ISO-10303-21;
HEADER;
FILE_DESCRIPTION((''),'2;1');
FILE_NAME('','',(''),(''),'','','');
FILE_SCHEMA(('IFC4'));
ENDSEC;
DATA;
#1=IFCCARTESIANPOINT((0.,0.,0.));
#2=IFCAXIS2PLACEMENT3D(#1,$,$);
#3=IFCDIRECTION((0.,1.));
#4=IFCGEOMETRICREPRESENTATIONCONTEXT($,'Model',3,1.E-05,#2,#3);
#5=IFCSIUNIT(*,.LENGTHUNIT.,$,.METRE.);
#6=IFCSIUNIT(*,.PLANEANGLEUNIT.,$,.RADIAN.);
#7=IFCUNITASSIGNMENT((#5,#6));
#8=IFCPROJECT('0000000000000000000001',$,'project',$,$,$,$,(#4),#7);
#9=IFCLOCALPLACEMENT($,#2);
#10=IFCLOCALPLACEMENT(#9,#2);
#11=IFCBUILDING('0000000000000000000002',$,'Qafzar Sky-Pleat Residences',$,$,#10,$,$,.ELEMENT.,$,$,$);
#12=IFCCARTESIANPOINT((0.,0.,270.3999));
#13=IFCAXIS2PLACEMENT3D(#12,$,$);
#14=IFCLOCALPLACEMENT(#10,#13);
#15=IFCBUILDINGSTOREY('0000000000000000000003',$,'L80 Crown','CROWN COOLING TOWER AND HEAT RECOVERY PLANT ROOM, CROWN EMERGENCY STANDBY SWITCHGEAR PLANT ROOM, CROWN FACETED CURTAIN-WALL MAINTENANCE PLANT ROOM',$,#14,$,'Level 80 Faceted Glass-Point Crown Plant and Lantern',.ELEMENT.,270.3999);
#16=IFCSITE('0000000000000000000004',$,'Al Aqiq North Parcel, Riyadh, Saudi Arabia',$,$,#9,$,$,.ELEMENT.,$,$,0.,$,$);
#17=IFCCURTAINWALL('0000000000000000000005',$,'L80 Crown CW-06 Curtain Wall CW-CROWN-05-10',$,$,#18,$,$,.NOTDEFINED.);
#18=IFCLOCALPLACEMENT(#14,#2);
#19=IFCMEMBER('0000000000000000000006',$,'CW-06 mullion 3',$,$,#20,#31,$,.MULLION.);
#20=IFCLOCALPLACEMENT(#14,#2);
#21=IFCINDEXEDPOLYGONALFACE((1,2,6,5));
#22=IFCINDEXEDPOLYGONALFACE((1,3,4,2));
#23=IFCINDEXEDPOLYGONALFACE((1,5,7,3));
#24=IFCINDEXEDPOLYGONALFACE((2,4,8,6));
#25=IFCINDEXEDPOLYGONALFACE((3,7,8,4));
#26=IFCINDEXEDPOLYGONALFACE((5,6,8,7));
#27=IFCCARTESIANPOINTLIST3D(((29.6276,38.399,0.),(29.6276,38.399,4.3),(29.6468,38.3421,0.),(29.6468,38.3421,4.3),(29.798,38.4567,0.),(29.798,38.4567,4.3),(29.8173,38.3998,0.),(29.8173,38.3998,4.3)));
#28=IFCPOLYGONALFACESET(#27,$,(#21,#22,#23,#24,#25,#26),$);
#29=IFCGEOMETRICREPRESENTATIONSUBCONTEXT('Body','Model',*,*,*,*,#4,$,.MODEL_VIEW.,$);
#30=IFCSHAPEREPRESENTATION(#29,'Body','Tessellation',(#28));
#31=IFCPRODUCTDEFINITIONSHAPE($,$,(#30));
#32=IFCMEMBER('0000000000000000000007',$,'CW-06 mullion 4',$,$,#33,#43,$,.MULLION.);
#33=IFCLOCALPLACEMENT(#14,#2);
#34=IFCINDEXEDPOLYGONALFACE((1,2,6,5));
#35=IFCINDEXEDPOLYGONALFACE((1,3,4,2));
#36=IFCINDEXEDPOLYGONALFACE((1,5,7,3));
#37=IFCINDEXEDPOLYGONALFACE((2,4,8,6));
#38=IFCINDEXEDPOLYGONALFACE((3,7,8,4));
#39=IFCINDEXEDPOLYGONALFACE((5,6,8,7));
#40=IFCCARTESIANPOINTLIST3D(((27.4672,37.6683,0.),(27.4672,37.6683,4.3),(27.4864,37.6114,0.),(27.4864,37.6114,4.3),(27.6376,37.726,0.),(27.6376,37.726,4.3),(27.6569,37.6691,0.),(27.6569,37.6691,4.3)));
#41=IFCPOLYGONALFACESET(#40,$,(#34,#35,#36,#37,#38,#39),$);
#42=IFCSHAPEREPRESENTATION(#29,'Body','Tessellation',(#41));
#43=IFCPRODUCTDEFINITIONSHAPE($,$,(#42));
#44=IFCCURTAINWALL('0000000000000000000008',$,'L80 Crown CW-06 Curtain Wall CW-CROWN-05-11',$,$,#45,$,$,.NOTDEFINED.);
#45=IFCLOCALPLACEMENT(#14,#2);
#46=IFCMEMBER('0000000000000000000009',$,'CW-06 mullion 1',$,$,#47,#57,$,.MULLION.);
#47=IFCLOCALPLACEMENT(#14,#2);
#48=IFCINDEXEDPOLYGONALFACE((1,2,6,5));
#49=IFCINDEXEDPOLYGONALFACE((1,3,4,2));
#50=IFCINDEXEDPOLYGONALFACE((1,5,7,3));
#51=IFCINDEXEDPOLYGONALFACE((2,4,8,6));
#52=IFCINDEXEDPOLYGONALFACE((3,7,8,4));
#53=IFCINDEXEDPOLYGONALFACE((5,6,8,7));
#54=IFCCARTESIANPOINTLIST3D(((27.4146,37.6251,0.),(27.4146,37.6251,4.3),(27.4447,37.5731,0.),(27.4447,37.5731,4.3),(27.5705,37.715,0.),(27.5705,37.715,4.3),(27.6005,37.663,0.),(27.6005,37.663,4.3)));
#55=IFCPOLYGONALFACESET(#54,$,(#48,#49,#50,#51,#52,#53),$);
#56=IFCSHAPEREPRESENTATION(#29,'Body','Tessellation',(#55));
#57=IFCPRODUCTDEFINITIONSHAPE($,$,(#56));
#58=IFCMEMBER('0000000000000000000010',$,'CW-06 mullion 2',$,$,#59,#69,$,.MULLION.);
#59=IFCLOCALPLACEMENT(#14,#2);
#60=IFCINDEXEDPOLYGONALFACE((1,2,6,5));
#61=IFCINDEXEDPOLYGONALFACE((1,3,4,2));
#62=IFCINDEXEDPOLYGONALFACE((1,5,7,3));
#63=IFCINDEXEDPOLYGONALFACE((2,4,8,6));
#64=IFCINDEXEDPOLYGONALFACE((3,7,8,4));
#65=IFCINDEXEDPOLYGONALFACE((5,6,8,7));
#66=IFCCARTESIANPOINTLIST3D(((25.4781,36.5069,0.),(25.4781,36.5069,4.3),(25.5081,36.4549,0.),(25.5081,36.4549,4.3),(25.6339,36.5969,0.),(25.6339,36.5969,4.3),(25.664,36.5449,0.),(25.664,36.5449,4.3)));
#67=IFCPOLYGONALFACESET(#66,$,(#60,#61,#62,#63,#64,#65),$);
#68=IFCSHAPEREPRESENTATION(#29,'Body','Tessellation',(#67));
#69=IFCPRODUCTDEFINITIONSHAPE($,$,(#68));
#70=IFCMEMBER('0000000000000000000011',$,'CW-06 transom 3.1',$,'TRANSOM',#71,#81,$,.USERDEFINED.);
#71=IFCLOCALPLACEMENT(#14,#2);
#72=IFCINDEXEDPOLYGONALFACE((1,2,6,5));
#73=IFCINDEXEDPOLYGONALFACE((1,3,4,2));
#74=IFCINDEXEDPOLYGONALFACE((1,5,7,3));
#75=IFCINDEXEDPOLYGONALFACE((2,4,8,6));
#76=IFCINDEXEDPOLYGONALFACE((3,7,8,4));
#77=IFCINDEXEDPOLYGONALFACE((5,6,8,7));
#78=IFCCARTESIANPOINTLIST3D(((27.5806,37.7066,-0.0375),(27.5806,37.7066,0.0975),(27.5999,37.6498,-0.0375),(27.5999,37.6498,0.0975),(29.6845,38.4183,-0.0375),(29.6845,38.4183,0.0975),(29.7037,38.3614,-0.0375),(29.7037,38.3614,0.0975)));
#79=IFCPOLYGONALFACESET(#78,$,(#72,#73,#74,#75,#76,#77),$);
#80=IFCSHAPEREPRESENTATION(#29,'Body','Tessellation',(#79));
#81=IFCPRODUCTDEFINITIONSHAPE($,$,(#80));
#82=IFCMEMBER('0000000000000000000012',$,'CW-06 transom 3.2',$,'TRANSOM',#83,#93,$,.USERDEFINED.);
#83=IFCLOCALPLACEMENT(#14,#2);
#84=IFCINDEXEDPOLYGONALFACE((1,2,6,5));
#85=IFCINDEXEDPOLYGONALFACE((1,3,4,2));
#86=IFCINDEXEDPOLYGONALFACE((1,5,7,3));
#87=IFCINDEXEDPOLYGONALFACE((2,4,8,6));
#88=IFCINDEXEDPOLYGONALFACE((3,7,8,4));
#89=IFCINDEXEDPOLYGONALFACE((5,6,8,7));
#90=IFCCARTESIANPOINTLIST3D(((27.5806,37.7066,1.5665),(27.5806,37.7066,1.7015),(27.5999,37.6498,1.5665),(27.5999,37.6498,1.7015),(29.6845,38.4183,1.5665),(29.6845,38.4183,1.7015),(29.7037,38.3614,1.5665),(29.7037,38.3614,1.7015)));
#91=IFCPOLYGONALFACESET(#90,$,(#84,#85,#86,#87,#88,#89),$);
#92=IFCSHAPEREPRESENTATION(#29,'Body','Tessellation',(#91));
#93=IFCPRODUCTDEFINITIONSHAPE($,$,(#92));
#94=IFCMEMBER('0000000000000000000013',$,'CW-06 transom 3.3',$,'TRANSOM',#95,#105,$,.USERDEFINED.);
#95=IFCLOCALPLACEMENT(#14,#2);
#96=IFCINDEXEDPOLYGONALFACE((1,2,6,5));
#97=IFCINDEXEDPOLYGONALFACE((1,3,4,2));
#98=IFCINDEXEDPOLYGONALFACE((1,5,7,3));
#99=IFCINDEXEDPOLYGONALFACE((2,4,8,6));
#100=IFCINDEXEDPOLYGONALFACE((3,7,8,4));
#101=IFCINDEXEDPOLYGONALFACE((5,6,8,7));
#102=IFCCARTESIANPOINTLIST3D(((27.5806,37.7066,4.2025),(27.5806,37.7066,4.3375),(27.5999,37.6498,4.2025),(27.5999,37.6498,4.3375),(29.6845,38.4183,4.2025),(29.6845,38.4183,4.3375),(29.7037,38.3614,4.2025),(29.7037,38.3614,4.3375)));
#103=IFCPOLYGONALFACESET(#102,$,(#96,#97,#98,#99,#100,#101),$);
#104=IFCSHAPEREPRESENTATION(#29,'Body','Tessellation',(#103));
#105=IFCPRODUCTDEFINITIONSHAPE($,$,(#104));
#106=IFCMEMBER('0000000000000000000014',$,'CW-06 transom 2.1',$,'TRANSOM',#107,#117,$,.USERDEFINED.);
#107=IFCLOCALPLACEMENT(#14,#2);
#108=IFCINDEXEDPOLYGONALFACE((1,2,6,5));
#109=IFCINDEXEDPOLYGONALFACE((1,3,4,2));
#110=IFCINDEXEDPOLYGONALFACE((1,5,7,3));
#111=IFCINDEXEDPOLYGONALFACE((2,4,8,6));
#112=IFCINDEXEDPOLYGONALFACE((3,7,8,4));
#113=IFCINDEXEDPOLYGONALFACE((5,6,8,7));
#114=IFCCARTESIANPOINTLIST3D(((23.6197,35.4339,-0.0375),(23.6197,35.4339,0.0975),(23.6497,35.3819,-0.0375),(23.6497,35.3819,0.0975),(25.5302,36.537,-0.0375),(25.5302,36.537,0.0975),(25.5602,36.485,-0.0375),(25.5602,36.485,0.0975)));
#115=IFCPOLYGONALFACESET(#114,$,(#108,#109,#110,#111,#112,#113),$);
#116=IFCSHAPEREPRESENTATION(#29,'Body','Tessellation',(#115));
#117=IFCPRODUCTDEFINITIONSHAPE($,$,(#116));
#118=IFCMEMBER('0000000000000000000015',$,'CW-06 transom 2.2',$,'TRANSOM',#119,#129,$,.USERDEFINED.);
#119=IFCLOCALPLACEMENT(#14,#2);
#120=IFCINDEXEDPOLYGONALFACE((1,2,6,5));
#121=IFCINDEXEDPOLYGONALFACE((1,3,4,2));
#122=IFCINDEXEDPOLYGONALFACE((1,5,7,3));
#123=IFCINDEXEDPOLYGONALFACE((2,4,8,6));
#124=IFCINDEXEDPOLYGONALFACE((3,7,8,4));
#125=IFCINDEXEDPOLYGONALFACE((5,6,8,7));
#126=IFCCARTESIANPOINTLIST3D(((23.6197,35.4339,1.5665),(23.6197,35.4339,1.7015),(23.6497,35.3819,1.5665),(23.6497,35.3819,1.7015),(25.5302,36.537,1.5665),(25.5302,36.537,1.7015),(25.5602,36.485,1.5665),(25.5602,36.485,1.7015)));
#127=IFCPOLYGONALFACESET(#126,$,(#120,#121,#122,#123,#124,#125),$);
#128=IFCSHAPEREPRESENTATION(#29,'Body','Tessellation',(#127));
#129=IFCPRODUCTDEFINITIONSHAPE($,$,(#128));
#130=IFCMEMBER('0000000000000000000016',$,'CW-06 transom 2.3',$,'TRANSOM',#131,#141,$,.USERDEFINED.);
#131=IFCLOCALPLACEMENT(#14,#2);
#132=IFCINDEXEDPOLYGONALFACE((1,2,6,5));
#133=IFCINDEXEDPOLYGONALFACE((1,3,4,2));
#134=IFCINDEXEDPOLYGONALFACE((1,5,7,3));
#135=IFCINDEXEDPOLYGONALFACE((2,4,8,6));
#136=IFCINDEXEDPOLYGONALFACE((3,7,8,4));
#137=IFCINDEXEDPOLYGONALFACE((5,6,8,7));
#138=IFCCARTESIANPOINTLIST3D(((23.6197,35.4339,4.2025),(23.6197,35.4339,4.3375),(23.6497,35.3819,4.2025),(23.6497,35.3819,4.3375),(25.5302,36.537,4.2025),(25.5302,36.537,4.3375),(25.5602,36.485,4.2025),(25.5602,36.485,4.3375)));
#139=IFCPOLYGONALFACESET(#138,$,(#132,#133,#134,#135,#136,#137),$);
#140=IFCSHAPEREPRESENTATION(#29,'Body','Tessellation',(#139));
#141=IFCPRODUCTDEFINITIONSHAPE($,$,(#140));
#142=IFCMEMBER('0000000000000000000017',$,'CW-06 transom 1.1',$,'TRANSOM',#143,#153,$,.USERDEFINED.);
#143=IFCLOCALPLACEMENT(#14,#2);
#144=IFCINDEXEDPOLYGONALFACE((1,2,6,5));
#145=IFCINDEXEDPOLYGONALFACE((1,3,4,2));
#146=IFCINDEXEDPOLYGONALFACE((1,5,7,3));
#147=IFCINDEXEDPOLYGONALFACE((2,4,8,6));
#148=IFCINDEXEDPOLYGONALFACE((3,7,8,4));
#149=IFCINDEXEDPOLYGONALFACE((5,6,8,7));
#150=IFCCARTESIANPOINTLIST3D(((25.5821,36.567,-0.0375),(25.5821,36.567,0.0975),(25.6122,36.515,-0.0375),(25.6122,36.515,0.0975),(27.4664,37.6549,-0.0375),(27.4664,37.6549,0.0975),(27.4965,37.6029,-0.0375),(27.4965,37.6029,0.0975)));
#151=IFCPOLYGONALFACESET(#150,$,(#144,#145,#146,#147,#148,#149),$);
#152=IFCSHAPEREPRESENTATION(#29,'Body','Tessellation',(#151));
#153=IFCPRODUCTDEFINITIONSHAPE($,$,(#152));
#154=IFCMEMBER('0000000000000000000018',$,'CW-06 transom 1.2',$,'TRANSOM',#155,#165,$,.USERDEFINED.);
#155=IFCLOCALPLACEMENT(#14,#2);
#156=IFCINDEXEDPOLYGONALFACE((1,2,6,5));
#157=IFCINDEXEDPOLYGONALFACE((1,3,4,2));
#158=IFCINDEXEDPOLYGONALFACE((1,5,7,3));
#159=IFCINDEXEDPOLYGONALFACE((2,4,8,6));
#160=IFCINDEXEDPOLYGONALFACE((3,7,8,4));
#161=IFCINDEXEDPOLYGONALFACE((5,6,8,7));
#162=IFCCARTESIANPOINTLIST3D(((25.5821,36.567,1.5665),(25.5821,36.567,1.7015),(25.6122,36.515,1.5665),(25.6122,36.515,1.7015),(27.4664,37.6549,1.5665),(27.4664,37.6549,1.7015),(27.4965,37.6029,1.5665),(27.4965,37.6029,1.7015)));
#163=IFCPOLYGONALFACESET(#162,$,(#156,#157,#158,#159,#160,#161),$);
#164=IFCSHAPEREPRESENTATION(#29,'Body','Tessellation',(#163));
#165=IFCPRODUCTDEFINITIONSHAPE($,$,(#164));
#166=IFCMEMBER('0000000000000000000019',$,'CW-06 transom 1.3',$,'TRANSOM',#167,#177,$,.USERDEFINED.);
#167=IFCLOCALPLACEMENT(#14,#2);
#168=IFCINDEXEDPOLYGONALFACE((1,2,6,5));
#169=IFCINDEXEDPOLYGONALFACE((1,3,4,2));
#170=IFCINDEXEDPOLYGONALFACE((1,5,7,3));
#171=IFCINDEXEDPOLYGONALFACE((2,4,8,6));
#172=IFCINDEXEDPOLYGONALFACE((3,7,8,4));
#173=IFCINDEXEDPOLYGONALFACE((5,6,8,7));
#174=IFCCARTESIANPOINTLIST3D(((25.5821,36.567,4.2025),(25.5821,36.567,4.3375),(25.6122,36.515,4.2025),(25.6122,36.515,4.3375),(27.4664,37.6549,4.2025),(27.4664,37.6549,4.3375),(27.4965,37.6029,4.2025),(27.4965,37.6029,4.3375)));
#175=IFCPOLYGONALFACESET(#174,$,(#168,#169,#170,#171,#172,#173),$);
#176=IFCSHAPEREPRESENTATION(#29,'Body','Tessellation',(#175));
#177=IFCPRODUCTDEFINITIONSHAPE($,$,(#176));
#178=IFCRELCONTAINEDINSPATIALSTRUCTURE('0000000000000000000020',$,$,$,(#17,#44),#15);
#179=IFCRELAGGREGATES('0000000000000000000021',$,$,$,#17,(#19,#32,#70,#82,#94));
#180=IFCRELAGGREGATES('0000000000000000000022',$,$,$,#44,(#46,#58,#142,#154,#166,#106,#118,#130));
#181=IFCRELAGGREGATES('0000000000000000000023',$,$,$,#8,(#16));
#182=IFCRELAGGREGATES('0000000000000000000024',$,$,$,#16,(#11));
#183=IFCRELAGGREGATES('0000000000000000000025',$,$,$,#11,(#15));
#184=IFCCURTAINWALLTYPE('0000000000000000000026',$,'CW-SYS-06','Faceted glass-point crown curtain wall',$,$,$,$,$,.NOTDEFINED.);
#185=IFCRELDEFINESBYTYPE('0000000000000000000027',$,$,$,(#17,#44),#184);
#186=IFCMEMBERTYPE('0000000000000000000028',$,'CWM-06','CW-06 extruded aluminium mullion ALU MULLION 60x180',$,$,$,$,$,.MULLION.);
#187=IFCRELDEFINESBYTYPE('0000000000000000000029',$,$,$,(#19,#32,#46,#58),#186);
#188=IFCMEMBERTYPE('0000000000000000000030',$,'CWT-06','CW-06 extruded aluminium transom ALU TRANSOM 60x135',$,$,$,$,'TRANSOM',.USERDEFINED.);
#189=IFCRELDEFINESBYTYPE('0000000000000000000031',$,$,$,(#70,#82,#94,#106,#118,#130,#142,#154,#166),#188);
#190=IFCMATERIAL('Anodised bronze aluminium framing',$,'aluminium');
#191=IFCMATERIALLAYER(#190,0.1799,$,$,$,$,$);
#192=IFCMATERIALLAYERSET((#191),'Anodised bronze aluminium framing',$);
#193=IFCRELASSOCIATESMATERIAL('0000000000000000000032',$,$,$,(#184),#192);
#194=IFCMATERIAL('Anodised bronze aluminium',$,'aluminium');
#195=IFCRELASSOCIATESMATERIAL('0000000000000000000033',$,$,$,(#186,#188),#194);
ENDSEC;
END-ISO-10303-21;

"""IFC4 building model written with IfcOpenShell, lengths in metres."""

from ifc_helpers import new_model, si_unit, direction, frame, origin, origin_2d, place, context, subcontext, project, spatial, rectangle, extrude, source, transform, mapped, material, layer, layer_set, material_profile, profile_set, type_object, element, aggregate, save


model = new_model("IFC4")

# Units and contexts
model_context = context("Model", 3, precision=1e-05, world=origin(), true_north=direction((0.0, 1.0)))
body_context = subcontext(model_context, "Body", "Model", "MODEL_VIEW")
ifc_project = project(units=[si_unit("LENGTHUNIT", "METRE"), si_unit("PLANEANGLEUNIT", "RADIAN")], contexts=[model_context])

# Site, building, storey
site_placement = place(None, origin())
site = spatial("IfcSite", under=ifc_project, at=site_placement, Name="Al Aqiq North Parcel, Riyadh, Saudi Arabia", CompositionType="ELEMENT", RefElevation=0.0)
building_placement = place(site_placement, origin())
building = spatial("IfcBuilding", under=site, at=building_placement, Name="Qafzar Sky-Pleat Residences", CompositionType="ELEMENT")
storey_placement = place(building_placement, frame((0.0, 0.0, 270.3999)))
storey = spatial("IfcBuildingStorey", under=building, at=storey_placement, Name="L80 Crown", Description="CROWN COOLING TOWER AND HEAT RECOVERY PLANT ROOM, CROWN EMERGENCY STANDBY SWITCHGEAR PLANT ROOM, CROWN FACETED CURTAIN-WALL MAINTENANCE PLANT ROOM", LongName="Level 80 Faceted Glass-Point Crown Plant and Lantern", CompositionType="ELEMENT", Elevation=270.3999)

# Curtain walls, members
ifc_material_1 = material(Name="Anodised bronze aluminium framing", Category="aluminium")
ifc_layer_1 = layer(ifc_material_1, 0.1799)
ifc_layer_set_1 = layer_set([ifc_layer_1], Name="Anodised bronze aluminium framing")
curtain_wall_type = type_object("IfcCurtainWallType", Name="CW-SYS-06", Description="Faceted glass-point crown curtain wall", PredefinedType="NOTDEFINED", material=ifc_layer_set_1)
curtain_wall_1_placement = place(storey_placement, origin())
curtain_wall_1 = element("IfcCurtainWall", 1, at=curtain_wall_1_placement, inside=storey, type_object=curtain_wall_type, Name="L80 Crown CW-06 Curtain Wall CW-CROWN-05-10", PredefinedType="NOTDEFINED")
ifc_material_2 = material(Name="Anodised bronze aluminium", Category="aluminium")
ifc_material_profile_1 = material_profile(ifc_material_2, rectangle(XDim=0.0601, YDim=0.1799, at=origin_2d()), Name="ALU MULLION 60x180")
ifc_profile_set_1 = profile_set([ifc_material_profile_1], Name="Anodised bronze aluminium")
member_type_1 = type_object("IfcMemberType", Name="CWM-06", Description="CW-06 extruded aluminium mullion ALU MULLION 60x180", PredefinedType="MULLION", material=ifc_profile_set_1)
shared_shape_1 = source(origin(), body_context, "Body", "SweptSolid", [
    extrude(rectangle(XDim=0.0601, YDim=0.1799, at=origin_2d()), origin(), (0.0, 0.0, 1.0), 4.3),
])
member_1_placement = place(storey_placement, frame((29.7224, 38.3994, 0.0), z_axis=(0.0, 0.0, 1.0), x_axis=(0.320439, -0.947269, 0.0)))
member_1 = element("IfcMember", 2, at=member_1_placement, type_object=member_type_1, Name="CW-06 mullion 3", PredefinedType="MULLION", context=body_context, shape_type="MappedRepresentation", body=[
    mapped(shared_shape_1, transform((0.0, 0.0, 0.0), x_axis=(1.0, 0.0, 0.0), y_axis=(0.0, 1.0, 0.0), z_axis=(0.0, 0.0, 1.0), scale=1.0)),
])
member_2_placement = place(storey_placement, frame((27.562, 37.6687, 0.0), z_axis=(0.0, 0.0, 1.0), x_axis=(0.320439, -0.947269, 0.0)))
member_2 = element("IfcMember", 3, at=member_2_placement, type_object=member_type_1, Name="CW-06 mullion 4", PredefinedType="MULLION", context=body_context, shape_type="MappedRepresentation", body=[
    mapped(shared_shape_1, transform((0.0, 0.0, 0.0), x_axis=(1.0, 0.0, 0.0), y_axis=(0.0, 1.0, 0.0), z_axis=(0.0, 0.0, 1.0), scale=1.0)),
])
curtain_wall_2_placement = place(storey_placement, origin())
curtain_wall_2 = element("IfcCurtainWall", 4, at=curtain_wall_2_placement, inside=storey, type_object=curtain_wall_type, Name="L80 Crown CW-06 Curtain Wall CW-CROWN-05-11", PredefinedType="NOTDEFINED")
member_3_placement = place(storey_placement, frame((27.5076, 37.644, 0.0), z_axis=(0.0, 0.0, 1.0), x_axis=(0.500003, -0.866024, 0.0)))
member_3 = element("IfcMember", 5, at=member_3_placement, type_object=member_type_1, Name="CW-06 mullion 1", PredefinedType="MULLION", context=body_context, shape_type="MappedRepresentation", body=[
    mapped(shared_shape_1, transform((0.0, 0.0, 0.0), x_axis=(1.0, 0.0, 0.0), y_axis=(0.0, 1.0, 0.0), z_axis=(0.0, 0.0, 1.0), scale=1.0)),
])
member_4_placement = place(storey_placement, frame((25.571, 36.5259, 0.0), z_axis=(0.0, 0.0, 1.0), x_axis=(0.500003, -0.866024, 0.0)))
member_4 = element("IfcMember", 6, at=member_4_placement, type_object=member_type_1, Name="CW-06 mullion 2", PredefinedType="MULLION", context=body_context, shape_type="MappedRepresentation", body=[
    mapped(shared_shape_1, transform((0.0, 0.0, 0.0), x_axis=(1.0, 0.0, 0.0), y_axis=(0.0, 1.0, 0.0), z_axis=(0.0, 0.0, 1.0), scale=1.0)),
])

# Members
ifc_material_profile_2 = material_profile(ifc_material_2, rectangle(XDim=0.0601, YDim=0.135, at=origin_2d()), Name="ALU TRANSOM 60x135")
ifc_profile_set_2 = profile_set([ifc_material_profile_2], Name="Anodised bronze aluminium")
member_type_2 = type_object("IfcMemberType", Name="CWT-06", Description="CW-06 extruded aluminium transom ALU TRANSOM 60x135", ElementType="TRANSOM", PredefinedType="USERDEFINED", material=ifc_profile_set_2)
shared_shape_2 = source(origin(), body_context, "Body", "SweptSolid", [
    extrude(rectangle(XDim=0.0601, YDim=0.135, at=origin_2d()), origin(), (0.0, 0.0, 1.0), 2.2209),
])
member_5_placement = place(storey_placement, frame((29.6941, 38.3899, 0.03), z_axis=(-0.947267, -0.320446, 0.0), x_axis=(0.320446, -0.947267, 0.0)))
member_5 = element("IfcMember", 7, at=member_5_placement, type_object=member_type_2, Name="CW-06 transom 3.1", ObjectType="TRANSOM", PredefinedType="USERDEFINED", context=body_context, shape_type="MappedRepresentation", body=[
    mapped(shared_shape_2, transform((0.0, 0.0, 0.0), x_axis=(1.0, 0.0, 0.0), y_axis=(0.0, 1.0, 0.0), z_axis=(0.0, 0.0, 1.0), scale=1.0)),
])
member_6_placement = place(storey_placement, frame((29.6941, 38.3899, 1.634), z_axis=(-0.947267, -0.320446, 0.0), x_axis=(0.320446, -0.947267, 0.0)))
member_6 = element("IfcMember", 8, at=member_6_placement, type_object=member_type_2, Name="CW-06 transom 3.2", ObjectType="TRANSOM", PredefinedType="USERDEFINED", context=body_context, shape_type="MappedRepresentation", body=[
    mapped(shared_shape_2, transform((0.0, 0.0, 0.0), x_axis=(1.0, 0.0, 0.0), y_axis=(0.0, 1.0, 0.0), z_axis=(0.0, 0.0, 1.0), scale=1.0)),
])
member_7_placement = place(storey_placement, frame((29.6941, 38.3899, 4.27), z_axis=(-0.947267, -0.320446, 0.0), x_axis=(0.320446, -0.947267, 0.0)))
member_7 = element("IfcMember", 9, at=member_7_placement, type_object=member_type_2, Name="CW-06 transom 3.3", ObjectType="TRANSOM", PredefinedType="USERDEFINED", context=body_context, shape_type="MappedRepresentation", body=[
    mapped(shared_shape_2, transform((0.0, 0.0, 0.0), x_axis=(1.0, 0.0, 0.0), y_axis=(0.0, 1.0, 0.0), z_axis=(0.0, 0.0, 1.0), scale=1.0)),
])
shared_shape_3 = source(origin(), body_context, "Body", "SweptSolid", [
    extrude(rectangle(XDim=0.0601, YDim=0.135, at=origin_2d()), origin(), (0.0, 0.0, 1.0), 2.2061),
])
member_8_placement = place(storey_placement, frame((25.5452, 36.511, 0.03), z_axis=(-0.866014, -0.500019, 0.0), x_axis=(0.500019, -0.866014, 0.0)))
member_8 = element("IfcMember", 10, at=member_8_placement, type_object=member_type_2, Name="CW-06 transom 2.1", ObjectType="TRANSOM", PredefinedType="USERDEFINED", context=body_context, shape_type="MappedRepresentation", body=[
    mapped(shared_shape_3, transform((0.0, 0.0, 0.0), x_axis=(1.0, 0.0, 0.0), y_axis=(0.0, 1.0, 0.0), z_axis=(0.0, 0.0, 1.0), scale=1.0)),
])
member_9_placement = place(storey_placement, frame((25.5452, 36.511, 1.634), z_axis=(-0.866014, -0.500019, 0.0), x_axis=(0.500019, -0.866014, 0.0)))
member_9 = element("IfcMember", 11, at=member_9_placement, type_object=member_type_2, Name="CW-06 transom 2.2", ObjectType="TRANSOM", PredefinedType="USERDEFINED", context=body_context, shape_type="MappedRepresentation", body=[
    mapped(shared_shape_3, transform((0.0, 0.0, 0.0), x_axis=(1.0, 0.0, 0.0), y_axis=(0.0, 1.0, 0.0), z_axis=(0.0, 0.0, 1.0), scale=1.0)),
])
member_10_placement = place(storey_placement, frame((25.5452, 36.511, 4.27), z_axis=(-0.866014, -0.500019, 0.0), x_axis=(0.500019, -0.866014, 0.0)))
member_10 = element("IfcMember", 12, at=member_10_placement, type_object=member_type_2, Name="CW-06 transom 2.3", ObjectType="TRANSOM", PredefinedType="USERDEFINED", context=body_context, shape_type="MappedRepresentation", body=[
    mapped(shared_shape_3, transform((0.0, 0.0, 0.0), x_axis=(1.0, 0.0, 0.0), y_axis=(0.0, 1.0, 0.0), z_axis=(0.0, 0.0, 1.0), scale=1.0)),
])
shared_shape_4 = source(origin(), body_context, "Body", "SweptSolid", [
    extrude(rectangle(XDim=0.0601, YDim=0.135, at=origin_2d()), origin(), (0.0, 0.0, 1.0), 2.1758),
])
member_11_placement = place(storey_placement, frame((27.4814, 37.6289, 0.03), z_axis=(-0.866025, -0.500001, 0.0), x_axis=(0.500001, -0.866025, 0.0)))
member_11 = element("IfcMember", 13, at=member_11_placement, type_object=member_type_2, Name="CW-06 transom 1.1", ObjectType="TRANSOM", PredefinedType="USERDEFINED", context=body_context, shape_type="MappedRepresentation", body=[
    mapped(shared_shape_4, transform((0.0, 0.0, 0.0), x_axis=(1.0, 0.0, 0.0), y_axis=(0.0, 1.0, 0.0), z_axis=(0.0, 0.0, 1.0), scale=1.0)),
])
member_12_placement = place(storey_placement, frame((27.4814, 37.6289, 1.634), z_axis=(-0.866025, -0.500001, 0.0), x_axis=(0.500001, -0.866025, 0.0)))
member_12 = element("IfcMember", 14, at=member_12_placement, type_object=member_type_2, Name="CW-06 transom 1.2", ObjectType="TRANSOM", PredefinedType="USERDEFINED", context=body_context, shape_type="MappedRepresentation", body=[
    mapped(shared_shape_4, transform((0.0, 0.0, 0.0), x_axis=(1.0, 0.0, 0.0), y_axis=(0.0, 1.0, 0.0), z_axis=(0.0, 0.0, 1.0), scale=1.0)),
])
member_13_placement = place(storey_placement, frame((27.4814, 37.6289, 4.27), z_axis=(-0.866025, -0.500001, 0.0), x_axis=(0.500001, -0.866025, 0.0)))
member_13 = element("IfcMember", 15, at=member_13_placement, type_object=member_type_2, Name="CW-06 transom 1.3", ObjectType="TRANSOM", PredefinedType="USERDEFINED", context=body_context, shape_type="MappedRepresentation", body=[
    mapped(shared_shape_4, transform((0.0, 0.0, 0.0), x_axis=(1.0, 0.0, 0.0), y_axis=(0.0, 1.0, 0.0), z_axis=(0.0, 0.0, 1.0), scale=1.0)),
])

aggregate(curtain_wall_1, [member_1, member_2, member_5, member_6, member_7])
aggregate(curtain_wall_2, [member_3, member_4, member_11, member_12, member_13, member_8, member_9, member_10])

save(model, "model.ifc")
